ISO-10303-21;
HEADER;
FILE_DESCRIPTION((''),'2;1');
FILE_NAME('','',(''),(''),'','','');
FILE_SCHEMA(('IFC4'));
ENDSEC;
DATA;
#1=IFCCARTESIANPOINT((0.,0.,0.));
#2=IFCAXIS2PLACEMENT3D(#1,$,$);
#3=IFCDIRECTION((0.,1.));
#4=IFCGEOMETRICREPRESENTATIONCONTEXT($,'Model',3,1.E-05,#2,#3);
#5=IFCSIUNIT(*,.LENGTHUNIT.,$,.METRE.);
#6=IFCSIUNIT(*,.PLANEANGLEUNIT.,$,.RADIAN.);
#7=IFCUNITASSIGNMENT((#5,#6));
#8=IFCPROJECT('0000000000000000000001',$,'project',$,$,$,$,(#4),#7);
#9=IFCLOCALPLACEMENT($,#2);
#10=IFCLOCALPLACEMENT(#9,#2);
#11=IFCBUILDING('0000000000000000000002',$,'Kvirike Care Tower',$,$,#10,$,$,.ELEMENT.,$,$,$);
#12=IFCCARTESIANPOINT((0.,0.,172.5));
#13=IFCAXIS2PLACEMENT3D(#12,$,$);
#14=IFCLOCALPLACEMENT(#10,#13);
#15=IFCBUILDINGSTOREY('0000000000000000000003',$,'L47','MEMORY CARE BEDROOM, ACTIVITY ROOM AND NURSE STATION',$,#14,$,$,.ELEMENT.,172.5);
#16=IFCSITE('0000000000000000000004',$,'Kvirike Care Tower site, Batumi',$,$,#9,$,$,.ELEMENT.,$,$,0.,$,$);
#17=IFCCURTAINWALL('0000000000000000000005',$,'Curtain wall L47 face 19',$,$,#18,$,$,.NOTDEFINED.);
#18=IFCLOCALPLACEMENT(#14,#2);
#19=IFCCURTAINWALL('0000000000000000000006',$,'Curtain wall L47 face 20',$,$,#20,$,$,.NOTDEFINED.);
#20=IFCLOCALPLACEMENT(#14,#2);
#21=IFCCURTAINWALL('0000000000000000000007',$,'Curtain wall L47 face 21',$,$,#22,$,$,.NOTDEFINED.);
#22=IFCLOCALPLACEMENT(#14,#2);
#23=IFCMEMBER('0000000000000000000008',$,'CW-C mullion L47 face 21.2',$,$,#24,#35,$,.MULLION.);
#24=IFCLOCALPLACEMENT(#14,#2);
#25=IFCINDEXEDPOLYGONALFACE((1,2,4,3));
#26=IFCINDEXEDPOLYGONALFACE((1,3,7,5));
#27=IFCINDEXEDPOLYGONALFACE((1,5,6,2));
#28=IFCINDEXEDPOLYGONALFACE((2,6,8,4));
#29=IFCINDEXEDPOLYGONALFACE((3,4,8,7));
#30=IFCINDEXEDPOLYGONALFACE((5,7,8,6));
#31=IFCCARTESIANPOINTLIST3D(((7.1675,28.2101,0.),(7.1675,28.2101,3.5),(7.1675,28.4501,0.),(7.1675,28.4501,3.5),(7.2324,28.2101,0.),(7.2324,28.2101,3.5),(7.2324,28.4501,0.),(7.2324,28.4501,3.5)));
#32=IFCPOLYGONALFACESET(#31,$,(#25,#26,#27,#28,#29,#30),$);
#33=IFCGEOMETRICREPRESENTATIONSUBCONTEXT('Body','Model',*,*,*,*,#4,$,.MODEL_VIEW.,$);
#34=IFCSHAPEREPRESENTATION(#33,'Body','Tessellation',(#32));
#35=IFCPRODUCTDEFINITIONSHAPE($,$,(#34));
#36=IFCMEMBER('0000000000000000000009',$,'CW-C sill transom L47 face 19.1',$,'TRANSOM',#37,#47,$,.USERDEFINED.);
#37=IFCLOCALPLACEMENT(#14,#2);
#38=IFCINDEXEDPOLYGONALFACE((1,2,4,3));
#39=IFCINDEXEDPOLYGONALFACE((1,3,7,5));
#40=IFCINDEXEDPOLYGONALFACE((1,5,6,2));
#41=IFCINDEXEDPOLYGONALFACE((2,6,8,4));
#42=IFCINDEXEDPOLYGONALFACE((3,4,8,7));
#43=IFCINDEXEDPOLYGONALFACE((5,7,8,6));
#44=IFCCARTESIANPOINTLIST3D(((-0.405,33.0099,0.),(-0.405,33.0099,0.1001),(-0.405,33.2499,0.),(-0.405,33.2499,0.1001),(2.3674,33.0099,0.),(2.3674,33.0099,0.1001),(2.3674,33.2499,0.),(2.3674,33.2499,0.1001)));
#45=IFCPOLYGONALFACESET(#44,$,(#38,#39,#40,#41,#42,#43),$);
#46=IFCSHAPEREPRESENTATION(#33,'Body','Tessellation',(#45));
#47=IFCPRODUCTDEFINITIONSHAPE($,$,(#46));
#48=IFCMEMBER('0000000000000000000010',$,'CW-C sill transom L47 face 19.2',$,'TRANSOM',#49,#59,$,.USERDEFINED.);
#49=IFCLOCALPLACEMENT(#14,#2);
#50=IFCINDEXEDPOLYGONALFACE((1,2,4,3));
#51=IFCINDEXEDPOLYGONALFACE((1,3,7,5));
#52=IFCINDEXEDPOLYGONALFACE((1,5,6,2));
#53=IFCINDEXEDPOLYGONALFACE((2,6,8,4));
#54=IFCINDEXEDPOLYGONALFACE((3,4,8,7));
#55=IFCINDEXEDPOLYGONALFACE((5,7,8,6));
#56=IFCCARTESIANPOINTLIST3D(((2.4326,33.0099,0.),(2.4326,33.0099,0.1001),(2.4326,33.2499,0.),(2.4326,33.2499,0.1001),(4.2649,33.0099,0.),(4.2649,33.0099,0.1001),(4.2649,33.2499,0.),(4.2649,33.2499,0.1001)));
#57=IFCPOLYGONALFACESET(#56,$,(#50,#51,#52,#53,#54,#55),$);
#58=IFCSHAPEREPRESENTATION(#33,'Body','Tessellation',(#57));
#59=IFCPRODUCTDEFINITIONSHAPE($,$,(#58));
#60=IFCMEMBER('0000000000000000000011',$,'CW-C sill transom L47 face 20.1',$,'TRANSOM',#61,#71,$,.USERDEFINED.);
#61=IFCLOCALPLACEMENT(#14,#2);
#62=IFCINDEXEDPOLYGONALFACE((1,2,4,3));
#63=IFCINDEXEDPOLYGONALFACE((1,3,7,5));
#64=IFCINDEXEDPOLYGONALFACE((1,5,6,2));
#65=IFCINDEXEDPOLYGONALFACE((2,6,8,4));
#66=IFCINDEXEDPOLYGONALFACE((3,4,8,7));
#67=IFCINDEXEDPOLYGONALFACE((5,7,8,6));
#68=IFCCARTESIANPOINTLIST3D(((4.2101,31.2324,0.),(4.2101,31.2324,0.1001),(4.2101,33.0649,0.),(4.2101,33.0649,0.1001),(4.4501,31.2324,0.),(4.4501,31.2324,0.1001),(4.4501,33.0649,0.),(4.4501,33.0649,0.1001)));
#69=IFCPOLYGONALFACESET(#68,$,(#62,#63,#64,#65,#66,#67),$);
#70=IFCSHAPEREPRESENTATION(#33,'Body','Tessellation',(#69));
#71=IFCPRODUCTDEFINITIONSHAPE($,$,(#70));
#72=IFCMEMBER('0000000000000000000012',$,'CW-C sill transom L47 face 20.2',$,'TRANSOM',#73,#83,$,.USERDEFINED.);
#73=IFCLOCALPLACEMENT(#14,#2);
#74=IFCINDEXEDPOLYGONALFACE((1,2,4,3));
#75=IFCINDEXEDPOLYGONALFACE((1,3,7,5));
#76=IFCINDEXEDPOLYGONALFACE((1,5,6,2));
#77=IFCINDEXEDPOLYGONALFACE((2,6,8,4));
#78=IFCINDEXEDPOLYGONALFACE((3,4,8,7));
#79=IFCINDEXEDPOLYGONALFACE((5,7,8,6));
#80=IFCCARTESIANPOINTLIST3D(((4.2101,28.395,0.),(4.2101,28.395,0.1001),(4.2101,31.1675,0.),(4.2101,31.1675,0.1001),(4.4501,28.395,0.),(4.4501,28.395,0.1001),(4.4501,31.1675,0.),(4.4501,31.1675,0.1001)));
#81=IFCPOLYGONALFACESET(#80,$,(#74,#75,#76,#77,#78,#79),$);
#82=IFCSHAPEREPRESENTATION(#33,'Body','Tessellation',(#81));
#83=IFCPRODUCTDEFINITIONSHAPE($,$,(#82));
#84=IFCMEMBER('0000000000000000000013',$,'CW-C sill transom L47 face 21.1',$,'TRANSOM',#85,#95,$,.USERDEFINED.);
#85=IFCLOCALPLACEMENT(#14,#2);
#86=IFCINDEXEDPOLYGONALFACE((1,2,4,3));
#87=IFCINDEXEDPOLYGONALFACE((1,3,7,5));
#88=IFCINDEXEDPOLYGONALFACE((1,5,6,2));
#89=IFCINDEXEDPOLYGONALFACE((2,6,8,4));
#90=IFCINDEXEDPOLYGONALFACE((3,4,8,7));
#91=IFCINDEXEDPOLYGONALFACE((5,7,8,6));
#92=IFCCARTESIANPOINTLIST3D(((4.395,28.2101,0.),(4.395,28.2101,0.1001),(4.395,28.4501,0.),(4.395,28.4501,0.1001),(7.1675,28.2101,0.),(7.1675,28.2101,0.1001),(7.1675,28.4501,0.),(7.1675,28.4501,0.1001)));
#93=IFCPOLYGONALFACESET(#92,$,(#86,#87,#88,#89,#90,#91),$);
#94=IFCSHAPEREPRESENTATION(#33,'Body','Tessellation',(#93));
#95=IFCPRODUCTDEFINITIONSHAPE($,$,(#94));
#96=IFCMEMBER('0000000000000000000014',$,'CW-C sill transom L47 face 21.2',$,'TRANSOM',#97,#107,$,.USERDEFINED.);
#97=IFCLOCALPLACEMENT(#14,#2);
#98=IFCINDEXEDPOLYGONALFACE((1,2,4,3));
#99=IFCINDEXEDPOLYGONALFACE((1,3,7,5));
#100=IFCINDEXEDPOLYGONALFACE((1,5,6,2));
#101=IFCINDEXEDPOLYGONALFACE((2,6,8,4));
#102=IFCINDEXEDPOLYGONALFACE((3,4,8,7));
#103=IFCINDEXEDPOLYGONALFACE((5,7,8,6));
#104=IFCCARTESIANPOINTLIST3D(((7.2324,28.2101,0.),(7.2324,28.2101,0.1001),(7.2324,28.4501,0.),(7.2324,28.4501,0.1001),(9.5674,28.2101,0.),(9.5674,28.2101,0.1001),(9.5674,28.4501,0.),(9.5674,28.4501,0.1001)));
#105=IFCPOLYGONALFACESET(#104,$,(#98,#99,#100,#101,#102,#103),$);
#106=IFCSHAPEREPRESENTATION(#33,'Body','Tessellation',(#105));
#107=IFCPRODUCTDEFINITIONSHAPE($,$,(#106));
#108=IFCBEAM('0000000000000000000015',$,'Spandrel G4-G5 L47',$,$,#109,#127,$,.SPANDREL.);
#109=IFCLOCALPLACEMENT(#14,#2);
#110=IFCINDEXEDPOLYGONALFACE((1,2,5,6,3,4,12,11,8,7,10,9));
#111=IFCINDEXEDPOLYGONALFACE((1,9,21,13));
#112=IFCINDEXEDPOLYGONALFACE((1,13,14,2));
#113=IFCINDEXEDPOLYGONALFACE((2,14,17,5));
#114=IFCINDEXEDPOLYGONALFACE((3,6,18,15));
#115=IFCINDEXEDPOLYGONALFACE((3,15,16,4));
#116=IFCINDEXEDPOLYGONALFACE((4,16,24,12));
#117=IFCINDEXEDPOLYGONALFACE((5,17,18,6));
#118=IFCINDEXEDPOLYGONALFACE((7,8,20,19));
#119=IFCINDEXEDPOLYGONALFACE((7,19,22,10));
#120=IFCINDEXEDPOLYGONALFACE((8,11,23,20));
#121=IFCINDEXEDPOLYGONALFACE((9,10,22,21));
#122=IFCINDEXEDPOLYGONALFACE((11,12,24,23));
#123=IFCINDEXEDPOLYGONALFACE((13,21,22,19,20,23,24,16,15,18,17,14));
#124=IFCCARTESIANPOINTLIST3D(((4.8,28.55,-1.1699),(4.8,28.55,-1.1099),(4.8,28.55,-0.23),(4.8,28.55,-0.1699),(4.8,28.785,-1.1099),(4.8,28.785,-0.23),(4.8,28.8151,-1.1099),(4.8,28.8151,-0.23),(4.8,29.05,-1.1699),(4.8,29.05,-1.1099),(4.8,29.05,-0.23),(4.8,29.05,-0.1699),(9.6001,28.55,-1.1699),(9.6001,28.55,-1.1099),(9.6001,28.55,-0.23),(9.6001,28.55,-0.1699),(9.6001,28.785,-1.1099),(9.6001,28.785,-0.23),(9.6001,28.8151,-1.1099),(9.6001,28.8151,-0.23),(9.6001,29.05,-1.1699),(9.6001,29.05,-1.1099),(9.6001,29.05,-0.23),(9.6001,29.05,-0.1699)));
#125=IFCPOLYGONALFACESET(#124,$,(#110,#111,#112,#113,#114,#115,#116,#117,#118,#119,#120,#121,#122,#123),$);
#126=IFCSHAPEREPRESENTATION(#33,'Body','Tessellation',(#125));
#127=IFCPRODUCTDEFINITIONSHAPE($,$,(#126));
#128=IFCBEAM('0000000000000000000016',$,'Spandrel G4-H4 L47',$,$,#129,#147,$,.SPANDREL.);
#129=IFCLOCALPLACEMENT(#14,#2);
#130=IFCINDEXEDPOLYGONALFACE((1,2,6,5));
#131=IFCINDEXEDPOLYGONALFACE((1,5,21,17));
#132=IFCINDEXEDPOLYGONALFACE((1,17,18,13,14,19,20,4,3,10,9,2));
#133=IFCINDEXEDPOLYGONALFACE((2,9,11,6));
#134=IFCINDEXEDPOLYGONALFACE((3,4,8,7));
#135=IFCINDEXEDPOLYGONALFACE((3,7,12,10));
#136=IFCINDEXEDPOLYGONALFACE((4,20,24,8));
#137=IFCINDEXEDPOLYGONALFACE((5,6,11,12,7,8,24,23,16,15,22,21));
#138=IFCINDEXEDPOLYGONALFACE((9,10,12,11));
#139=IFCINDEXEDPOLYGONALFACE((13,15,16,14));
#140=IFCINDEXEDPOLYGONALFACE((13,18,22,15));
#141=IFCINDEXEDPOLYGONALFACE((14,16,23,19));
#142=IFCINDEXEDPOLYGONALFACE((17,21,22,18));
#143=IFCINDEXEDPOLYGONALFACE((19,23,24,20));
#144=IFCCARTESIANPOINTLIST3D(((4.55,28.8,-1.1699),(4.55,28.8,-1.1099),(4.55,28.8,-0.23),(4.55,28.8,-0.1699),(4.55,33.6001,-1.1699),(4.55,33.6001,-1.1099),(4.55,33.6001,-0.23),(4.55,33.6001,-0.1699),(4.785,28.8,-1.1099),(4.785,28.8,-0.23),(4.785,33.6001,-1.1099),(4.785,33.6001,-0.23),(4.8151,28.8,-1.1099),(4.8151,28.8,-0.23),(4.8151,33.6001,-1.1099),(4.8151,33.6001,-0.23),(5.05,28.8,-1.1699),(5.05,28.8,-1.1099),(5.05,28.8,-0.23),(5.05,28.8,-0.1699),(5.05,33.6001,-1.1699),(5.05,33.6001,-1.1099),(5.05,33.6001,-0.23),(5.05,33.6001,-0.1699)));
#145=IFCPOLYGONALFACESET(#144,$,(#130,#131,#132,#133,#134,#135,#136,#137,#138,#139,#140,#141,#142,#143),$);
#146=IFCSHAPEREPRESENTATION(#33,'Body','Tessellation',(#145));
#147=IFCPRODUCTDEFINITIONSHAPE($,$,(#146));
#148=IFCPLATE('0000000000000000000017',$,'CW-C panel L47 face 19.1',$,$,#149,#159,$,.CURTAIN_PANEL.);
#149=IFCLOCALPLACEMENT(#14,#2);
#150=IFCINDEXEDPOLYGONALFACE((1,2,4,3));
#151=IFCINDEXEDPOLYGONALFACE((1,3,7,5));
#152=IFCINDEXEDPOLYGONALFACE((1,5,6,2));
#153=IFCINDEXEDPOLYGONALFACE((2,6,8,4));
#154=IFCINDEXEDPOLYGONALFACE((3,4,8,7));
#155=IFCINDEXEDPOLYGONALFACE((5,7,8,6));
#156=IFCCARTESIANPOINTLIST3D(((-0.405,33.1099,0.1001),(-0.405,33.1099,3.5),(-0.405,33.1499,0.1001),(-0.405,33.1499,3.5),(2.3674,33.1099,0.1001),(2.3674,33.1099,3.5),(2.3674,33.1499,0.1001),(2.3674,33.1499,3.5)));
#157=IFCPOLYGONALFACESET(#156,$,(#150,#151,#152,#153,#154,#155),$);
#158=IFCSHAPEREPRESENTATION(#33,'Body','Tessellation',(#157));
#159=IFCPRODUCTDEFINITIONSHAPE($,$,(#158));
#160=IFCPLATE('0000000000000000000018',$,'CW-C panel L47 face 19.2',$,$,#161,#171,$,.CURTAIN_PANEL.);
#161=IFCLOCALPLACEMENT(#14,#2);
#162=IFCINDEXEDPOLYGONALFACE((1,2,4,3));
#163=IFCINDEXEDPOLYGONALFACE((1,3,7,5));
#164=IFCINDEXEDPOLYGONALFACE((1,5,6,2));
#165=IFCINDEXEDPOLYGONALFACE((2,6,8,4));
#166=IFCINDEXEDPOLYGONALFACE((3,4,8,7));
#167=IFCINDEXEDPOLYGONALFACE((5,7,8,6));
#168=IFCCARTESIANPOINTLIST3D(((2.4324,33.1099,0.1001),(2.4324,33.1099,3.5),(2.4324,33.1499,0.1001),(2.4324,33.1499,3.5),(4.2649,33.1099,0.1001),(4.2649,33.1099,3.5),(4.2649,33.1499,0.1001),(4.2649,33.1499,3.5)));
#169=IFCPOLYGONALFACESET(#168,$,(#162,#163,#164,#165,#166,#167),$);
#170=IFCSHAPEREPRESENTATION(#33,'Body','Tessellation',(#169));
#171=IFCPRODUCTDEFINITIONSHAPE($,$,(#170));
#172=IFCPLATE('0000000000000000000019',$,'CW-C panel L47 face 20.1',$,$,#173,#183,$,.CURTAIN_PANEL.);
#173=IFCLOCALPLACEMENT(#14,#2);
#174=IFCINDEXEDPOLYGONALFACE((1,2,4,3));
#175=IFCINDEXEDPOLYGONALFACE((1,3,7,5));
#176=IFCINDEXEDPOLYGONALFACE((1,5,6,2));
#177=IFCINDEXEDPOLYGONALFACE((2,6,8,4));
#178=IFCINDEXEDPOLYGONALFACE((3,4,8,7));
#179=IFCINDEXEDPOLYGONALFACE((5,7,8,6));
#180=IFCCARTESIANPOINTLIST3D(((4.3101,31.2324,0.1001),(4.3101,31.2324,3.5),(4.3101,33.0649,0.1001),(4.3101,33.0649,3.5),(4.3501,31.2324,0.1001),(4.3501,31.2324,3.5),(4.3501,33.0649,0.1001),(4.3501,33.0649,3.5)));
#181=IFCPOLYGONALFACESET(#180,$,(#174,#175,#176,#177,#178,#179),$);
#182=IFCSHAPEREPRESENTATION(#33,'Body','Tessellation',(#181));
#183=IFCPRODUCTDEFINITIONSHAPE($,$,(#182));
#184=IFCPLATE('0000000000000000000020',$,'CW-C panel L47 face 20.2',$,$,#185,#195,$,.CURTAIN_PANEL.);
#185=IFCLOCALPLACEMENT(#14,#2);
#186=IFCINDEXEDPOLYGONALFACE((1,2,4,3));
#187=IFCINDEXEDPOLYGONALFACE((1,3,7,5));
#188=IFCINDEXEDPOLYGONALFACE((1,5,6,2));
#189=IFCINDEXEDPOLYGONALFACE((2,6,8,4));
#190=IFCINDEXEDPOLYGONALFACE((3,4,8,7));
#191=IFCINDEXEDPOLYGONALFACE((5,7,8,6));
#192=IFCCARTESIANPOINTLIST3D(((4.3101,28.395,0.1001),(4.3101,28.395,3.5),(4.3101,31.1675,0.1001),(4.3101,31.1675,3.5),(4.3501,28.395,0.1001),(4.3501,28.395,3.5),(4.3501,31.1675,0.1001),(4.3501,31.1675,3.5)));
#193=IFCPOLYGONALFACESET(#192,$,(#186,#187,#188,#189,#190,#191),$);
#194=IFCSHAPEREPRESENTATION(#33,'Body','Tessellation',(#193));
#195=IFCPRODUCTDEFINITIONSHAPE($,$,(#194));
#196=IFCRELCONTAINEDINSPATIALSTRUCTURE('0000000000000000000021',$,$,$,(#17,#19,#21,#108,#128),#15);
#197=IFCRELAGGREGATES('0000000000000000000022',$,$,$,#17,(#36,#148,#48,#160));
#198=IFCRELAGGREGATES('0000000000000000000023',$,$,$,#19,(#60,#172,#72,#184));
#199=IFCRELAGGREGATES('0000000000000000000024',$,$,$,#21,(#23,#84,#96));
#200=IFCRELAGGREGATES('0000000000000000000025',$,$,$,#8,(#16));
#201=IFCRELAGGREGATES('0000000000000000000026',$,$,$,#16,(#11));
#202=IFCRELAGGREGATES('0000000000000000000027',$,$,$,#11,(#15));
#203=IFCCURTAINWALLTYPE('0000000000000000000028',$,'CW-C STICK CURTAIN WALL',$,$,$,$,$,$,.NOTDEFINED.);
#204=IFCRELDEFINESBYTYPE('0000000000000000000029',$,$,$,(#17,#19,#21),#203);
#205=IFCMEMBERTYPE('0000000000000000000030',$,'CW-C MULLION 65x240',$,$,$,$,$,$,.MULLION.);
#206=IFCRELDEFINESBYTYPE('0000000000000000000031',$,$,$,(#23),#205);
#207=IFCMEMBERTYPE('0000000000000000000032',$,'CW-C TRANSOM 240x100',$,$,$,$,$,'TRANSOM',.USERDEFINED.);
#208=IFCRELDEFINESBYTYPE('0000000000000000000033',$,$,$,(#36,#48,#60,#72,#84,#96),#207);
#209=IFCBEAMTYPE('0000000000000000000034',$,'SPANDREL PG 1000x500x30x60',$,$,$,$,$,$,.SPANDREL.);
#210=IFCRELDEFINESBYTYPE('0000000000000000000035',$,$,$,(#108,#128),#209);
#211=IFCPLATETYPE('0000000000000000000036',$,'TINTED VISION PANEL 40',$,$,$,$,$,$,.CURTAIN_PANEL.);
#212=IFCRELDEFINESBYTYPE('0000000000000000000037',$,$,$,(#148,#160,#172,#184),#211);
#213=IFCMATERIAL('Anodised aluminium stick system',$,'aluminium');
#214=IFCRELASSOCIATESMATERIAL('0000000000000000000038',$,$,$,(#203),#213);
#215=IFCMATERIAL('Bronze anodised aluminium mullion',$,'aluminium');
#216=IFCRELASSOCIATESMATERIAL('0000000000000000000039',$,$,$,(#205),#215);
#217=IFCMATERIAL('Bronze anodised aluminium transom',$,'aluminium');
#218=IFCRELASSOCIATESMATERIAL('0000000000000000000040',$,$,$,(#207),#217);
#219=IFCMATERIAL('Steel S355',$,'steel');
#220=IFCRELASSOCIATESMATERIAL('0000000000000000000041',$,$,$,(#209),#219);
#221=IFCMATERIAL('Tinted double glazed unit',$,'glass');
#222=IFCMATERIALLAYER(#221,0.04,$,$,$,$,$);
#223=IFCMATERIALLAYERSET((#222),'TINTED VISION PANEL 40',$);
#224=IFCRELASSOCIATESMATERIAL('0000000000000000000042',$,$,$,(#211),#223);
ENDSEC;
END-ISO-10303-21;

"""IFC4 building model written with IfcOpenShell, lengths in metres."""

from ifc_helpers import new_model, si_unit, direction, frame, origin, origin_2d, place, context, subcontext, project, spatial, rectangle, i_section, extrude, material, layer, layer_set, material_profile, profile_set, type_object, element, aggregate, save


model = new_model("IFC4")

# Units and contexts
model_context = context("Model", 3, precision=1e-05, world=origin(), true_north=direction((0.0, 1.0)))
body_context = subcontext(model_context, "Body", "Model", "MODEL_VIEW")
ifc_project = project(units=[si_unit("LENGTHUNIT", "METRE"), si_unit("PLANEANGLEUNIT", "RADIAN")], contexts=[model_context])

# Site, building, storey
site_placement = place(None, origin())
site = spatial("IfcSite", under=ifc_project, at=site_placement, Name="Kvirike Care Tower site, Batumi", CompositionType="ELEMENT", RefElevation=0.0)
building_placement = place(site_placement, origin())
building = spatial("IfcBuilding", under=site, at=building_placement, Name="Kvirike Care Tower", CompositionType="ELEMENT")
storey_placement = place(building_placement, frame((0.0, 0.0, 172.5)))
storey = spatial("IfcBuildingStorey", under=building, at=storey_placement, Name="L47", Description="MEMORY CARE BEDROOM, ACTIVITY ROOM AND NURSE STATION", CompositionType="ELEMENT", Elevation=172.5)

# Curtain walls
ifc_material_1 = material(Name="Anodised aluminium stick system", Category="aluminium")
curtain_wall_type = type_object("IfcCurtainWallType", Name="CW-C STICK CURTAIN WALL", PredefinedType="NOTDEFINED", material=ifc_material_1)
curtain_wall_1_placement = place(storey_placement, origin())
curtain_wall_1 = element("IfcCurtainWall", 1, at=curtain_wall_1_placement, inside=storey, type_object=curtain_wall_type, Name="Curtain wall L47 face 19", PredefinedType="NOTDEFINED")
curtain_wall_2_placement = place(storey_placement, origin())
curtain_wall_2 = element("IfcCurtainWall", 2, at=curtain_wall_2_placement, inside=storey, type_object=curtain_wall_type, Name="Curtain wall L47 face 20", PredefinedType="NOTDEFINED")
curtain_wall_3_placement = place(storey_placement, origin())
curtain_wall_3 = element("IfcCurtainWall", 3, at=curtain_wall_3_placement, inside=storey, type_object=curtain_wall_type, Name="Curtain wall L47 face 21", PredefinedType="NOTDEFINED")
ifc_material_2 = material(Name="Bronze anodised aluminium mullion", Category="aluminium")
ifc_material_profile_1 = material_profile(ifc_material_2, rectangle(XDim=0.0649, YDim=0.24, at=origin_2d()), Name="CW-C MULLION 65x240")
ifc_profile_set_1 = profile_set([ifc_material_profile_1], Name="Bronze anodised aluminium mullion")
member_type_1 = type_object("IfcMemberType", Name="CW-C MULLION 65x240", PredefinedType="MULLION", material=ifc_profile_set_1)

# Members
member_1_placement = place(storey_placement, frame((7.2, 28.3301, 0.0), z_axis=(0.0, 0.0, 1.0), x_axis=(1.0, 0.0, 0.0)))
member_1 = element("IfcMember", 4, at=member_1_placement, type_object=member_type_1, Name="CW-C mullion L47 face 21.2", PredefinedType="MULLION", context=body_context, shape_type="SweptSolid", body=[
    extrude(rectangle(XDim=0.0649, YDim=0.24, at=origin_2d()), origin(), (0.0, 0.0, 1.0), 3.5),
])
ifc_material_3 = material(Name="Bronze anodised aluminium transom", Category="aluminium")
ifc_material_profile_2 = material_profile(ifc_material_3, rectangle(XDim=0.24, YDim=0.1001, at=origin_2d()), Name="CW-C TRANSOM 240x100")
ifc_profile_set_2 = profile_set([ifc_material_profile_2], Name="Bronze anodised aluminium transom")
member_type_2 = type_object("IfcMemberType", Name="CW-C TRANSOM 240x100", ElementType="TRANSOM", PredefinedType="USERDEFINED", material=ifc_profile_set_2)
member_2_placement = place(storey_placement, frame((-0.405, 33.1299, 0.05), z_axis=(1.0, 0.0, 0.0), x_axis=(0.0, 1.0, 0.0)))
member_2 = element("IfcMember", 5, at=member_2_placement, type_object=member_type_2, Name="CW-C sill transom L47 face 19.1", ObjectType="TRANSOM", PredefinedType="USERDEFINED", context=body_context, shape_type="SweptSolid", body=[
    extrude(rectangle(XDim=0.24, YDim=0.1001, at=origin_2d()), origin(), (0.0, 0.0, 1.0), 2.7725),
])
member_3_placement = place(storey_placement, frame((2.4326, 33.1299, 0.05), z_axis=(1.0, 0.0, 0.0), x_axis=(0.0, 1.0, 0.0)))
member_3 = element("IfcMember", 6, at=member_3_placement, type_object=member_type_2, Name="CW-C sill transom L47 face 19.2", ObjectType="TRANSOM", PredefinedType="USERDEFINED", context=body_context, shape_type="SweptSolid", body=[
    extrude(rectangle(XDim=0.24, YDim=0.1001, at=origin_2d()), origin(), (0.0, 0.0, 1.0), 1.8323),
])
member_4_placement = place(storey_placement, frame((4.3301, 33.0649, 0.05), z_axis=(0.0, -1.0, 0.0), x_axis=(1.0, 0.0, 0.0)))
member_4 = element("IfcMember", 7, at=member_4_placement, type_object=member_type_2, Name="CW-C sill transom L47 face 20.1", ObjectType="TRANSOM", PredefinedType="USERDEFINED", context=body_context, shape_type="SweptSolid", body=[
    extrude(rectangle(XDim=0.24, YDim=0.1001, at=origin_2d()), origin(), (0.0, 0.0, 1.0), 1.8325),
])
member_5_placement = place(storey_placement, frame((4.3301, 31.1675, 0.05), z_axis=(0.0, -1.0, 0.0), x_axis=(1.0, 0.0, 0.0)))
member_5 = element("IfcMember", 8, at=member_5_placement, type_object=member_type_2, Name="CW-C sill transom L47 face 20.2", ObjectType="TRANSOM", PredefinedType="USERDEFINED", context=body_context, shape_type="SweptSolid", body=[
    extrude(rectangle(XDim=0.24, YDim=0.1001, at=origin_2d()), origin(), (0.0, 0.0, 1.0), 2.7725),
])
member_6_placement = place(storey_placement, frame((4.395, 28.3301, 0.05), z_axis=(1.0, 0.0, 0.0), x_axis=(0.0, 1.0, 0.0)))
member_6 = element("IfcMember", 9, at=member_6_placement, type_object=member_type_2, Name="CW-C sill transom L47 face 21.1", ObjectType="TRANSOM", PredefinedType="USERDEFINED", context=body_context, shape_type="SweptSolid", body=[
    extrude(rectangle(XDim=0.24, YDim=0.1001, at=origin_2d()), origin(), (0.0, 0.0, 1.0), 2.7725),
])
member_7_placement = place(storey_placement, frame((7.2324, 28.3301, 0.05), z_axis=(1.0, 0.0, 0.0), x_axis=(0.0, 1.0, 0.0)))
member_7 = element("IfcMember", 10, at=member_7_placement, type_object=member_type_2, Name="CW-C sill transom L47 face 21.2", ObjectType="TRANSOM", PredefinedType="USERDEFINED", context=body_context, shape_type="SweptSolid", body=[
    extrude(rectangle(XDim=0.24, YDim=0.1001, at=origin_2d()), origin(), (0.0, 0.0, 1.0), 2.335),
])

# Beams
ifc_material_4 = material(Name="Steel S355", Category="steel")
ifc_material_profile_3 = material_profile(ifc_material_4, i_section(OverallWidth=0.5, OverallDepth=1.0, WebThickness=0.03, FlangeThickness=0.0601, at=origin_2d()), Name="PG 1000x500x30x60")
ifc_profile_set_3 = profile_set([ifc_material_profile_3], Name="Steel S355")
beam_type = type_object("IfcBeamType", Name="SPANDREL PG 1000x500x30x60", PredefinedType="SPANDREL", material=ifc_profile_set_3)
for number, where, z_axis, x_axis, name in (
    (11, (4.8, 28.8, -0.6699), (1.0, 0.0, 0.0), (0.0, 1.0, 0.0), "Spandrel G4-G5 L47"),
    (12, (4.8, 28.8, -0.6699), (0.0, 1.0, 0.0), (-1.0, 0.0, 0.0), "Spandrel G4-H4 L47"),
):
    element("IfcBeam", number, at=place(storey_placement, frame(where, z_axis=z_axis, x_axis=x_axis)), inside=storey, type_object=beam_type, Name=name, PredefinedType="SPANDREL", context=body_context, shape_type="SweptSolid", body=[
        extrude(i_section(OverallWidth=0.5, OverallDepth=1.0, WebThickness=0.03, FlangeThickness=0.0601, at=origin_2d()), origin(), (0.0, 0.0, 1.0), 4.8),
    ])

# Plates
ifc_material_5 = material(Name="Tinted double glazed unit", Category="glass")
ifc_layer_1 = layer(ifc_material_5, 0.04)
ifc_layer_set_1 = layer_set([ifc_layer_1], Name="TINTED VISION PANEL 40")
plate_type = type_object("IfcPlateType", Name="TINTED VISION PANEL 40", PredefinedType="CURTAIN_PANEL", material=ifc_layer_set_1)
plate_1_placement = place(storey_placement, frame((0.9812, 33.1299, 0.1001), z_axis=(0.0, 0.0, 1.0), x_axis=(1.0, 0.0, 0.0)))
plate_1 = element("IfcPlate", 13, at=plate_1_placement, type_object=plate_type, Name="CW-C panel L47 face 19.1", PredefinedType="CURTAIN_PANEL", context=body_context, shape_type="SweptSolid", body=[
    extrude(rectangle(XDim=2.7725, YDim=0.04, at=origin_2d()), origin(), (0.0, 0.0, 1.0), 3.3999),
])
plate_2_placement = place(storey_placement, frame((3.3486, 33.1299, 0.1001), z_axis=(0.0, 0.0, 1.0), x_axis=(1.0, 0.0, 0.0)))
plate_2 = element("IfcPlate", 14, at=plate_2_placement, type_object=plate_type, Name="CW-C panel L47 face 19.2", PredefinedType="CURTAIN_PANEL", context=body_context, shape_type="SweptSolid", body=[
    extrude(rectangle(XDim=1.8325, YDim=0.04, at=origin_2d()), origin(), (0.0, 0.0, 1.0), 3.3999),
])
aggregate(curtain_wall_1, [member_2, plate_1, member_3, plate_2])
plate_3_placement = place(storey_placement, frame((4.3301, 32.1487, 0.1001), z_axis=(0.0, 0.0, 1.0), x_axis=(0.0, -1.0, 0.0)))
plate_3 = element("IfcPlate", 15, at=plate_3_placement, type_object=plate_type, Name="CW-C panel L47 face 20.1", PredefinedType="CURTAIN_PANEL", context=body_context, shape_type="SweptSolid", body=[
    extrude(rectangle(XDim=1.8325, YDim=0.04, at=origin_2d()), origin(), (0.0, 0.0, 1.0), 3.3999),
])
plate_4_placement = place(storey_placement, frame((4.3301, 29.7812, 0.1001), z_axis=(0.0, 0.0, 1.0), x_axis=(0.0, -1.0, 0.0)))
plate_4 = element("IfcPlate", 16, at=plate_4_placement, type_object=plate_type, Name="CW-C panel L47 face 20.2", PredefinedType="CURTAIN_PANEL", context=body_context, shape_type="SweptSolid", body=[
    extrude(rectangle(XDim=2.7725, YDim=0.04, at=origin_2d()), origin(), (0.0, 0.0, 1.0), 3.3999),
])
aggregate(curtain_wall_2, [member_4, plate_3, member_5, plate_4])
aggregate(curtain_wall_3, [member_1, member_6, member_7])

save(model, "model.ifc")
